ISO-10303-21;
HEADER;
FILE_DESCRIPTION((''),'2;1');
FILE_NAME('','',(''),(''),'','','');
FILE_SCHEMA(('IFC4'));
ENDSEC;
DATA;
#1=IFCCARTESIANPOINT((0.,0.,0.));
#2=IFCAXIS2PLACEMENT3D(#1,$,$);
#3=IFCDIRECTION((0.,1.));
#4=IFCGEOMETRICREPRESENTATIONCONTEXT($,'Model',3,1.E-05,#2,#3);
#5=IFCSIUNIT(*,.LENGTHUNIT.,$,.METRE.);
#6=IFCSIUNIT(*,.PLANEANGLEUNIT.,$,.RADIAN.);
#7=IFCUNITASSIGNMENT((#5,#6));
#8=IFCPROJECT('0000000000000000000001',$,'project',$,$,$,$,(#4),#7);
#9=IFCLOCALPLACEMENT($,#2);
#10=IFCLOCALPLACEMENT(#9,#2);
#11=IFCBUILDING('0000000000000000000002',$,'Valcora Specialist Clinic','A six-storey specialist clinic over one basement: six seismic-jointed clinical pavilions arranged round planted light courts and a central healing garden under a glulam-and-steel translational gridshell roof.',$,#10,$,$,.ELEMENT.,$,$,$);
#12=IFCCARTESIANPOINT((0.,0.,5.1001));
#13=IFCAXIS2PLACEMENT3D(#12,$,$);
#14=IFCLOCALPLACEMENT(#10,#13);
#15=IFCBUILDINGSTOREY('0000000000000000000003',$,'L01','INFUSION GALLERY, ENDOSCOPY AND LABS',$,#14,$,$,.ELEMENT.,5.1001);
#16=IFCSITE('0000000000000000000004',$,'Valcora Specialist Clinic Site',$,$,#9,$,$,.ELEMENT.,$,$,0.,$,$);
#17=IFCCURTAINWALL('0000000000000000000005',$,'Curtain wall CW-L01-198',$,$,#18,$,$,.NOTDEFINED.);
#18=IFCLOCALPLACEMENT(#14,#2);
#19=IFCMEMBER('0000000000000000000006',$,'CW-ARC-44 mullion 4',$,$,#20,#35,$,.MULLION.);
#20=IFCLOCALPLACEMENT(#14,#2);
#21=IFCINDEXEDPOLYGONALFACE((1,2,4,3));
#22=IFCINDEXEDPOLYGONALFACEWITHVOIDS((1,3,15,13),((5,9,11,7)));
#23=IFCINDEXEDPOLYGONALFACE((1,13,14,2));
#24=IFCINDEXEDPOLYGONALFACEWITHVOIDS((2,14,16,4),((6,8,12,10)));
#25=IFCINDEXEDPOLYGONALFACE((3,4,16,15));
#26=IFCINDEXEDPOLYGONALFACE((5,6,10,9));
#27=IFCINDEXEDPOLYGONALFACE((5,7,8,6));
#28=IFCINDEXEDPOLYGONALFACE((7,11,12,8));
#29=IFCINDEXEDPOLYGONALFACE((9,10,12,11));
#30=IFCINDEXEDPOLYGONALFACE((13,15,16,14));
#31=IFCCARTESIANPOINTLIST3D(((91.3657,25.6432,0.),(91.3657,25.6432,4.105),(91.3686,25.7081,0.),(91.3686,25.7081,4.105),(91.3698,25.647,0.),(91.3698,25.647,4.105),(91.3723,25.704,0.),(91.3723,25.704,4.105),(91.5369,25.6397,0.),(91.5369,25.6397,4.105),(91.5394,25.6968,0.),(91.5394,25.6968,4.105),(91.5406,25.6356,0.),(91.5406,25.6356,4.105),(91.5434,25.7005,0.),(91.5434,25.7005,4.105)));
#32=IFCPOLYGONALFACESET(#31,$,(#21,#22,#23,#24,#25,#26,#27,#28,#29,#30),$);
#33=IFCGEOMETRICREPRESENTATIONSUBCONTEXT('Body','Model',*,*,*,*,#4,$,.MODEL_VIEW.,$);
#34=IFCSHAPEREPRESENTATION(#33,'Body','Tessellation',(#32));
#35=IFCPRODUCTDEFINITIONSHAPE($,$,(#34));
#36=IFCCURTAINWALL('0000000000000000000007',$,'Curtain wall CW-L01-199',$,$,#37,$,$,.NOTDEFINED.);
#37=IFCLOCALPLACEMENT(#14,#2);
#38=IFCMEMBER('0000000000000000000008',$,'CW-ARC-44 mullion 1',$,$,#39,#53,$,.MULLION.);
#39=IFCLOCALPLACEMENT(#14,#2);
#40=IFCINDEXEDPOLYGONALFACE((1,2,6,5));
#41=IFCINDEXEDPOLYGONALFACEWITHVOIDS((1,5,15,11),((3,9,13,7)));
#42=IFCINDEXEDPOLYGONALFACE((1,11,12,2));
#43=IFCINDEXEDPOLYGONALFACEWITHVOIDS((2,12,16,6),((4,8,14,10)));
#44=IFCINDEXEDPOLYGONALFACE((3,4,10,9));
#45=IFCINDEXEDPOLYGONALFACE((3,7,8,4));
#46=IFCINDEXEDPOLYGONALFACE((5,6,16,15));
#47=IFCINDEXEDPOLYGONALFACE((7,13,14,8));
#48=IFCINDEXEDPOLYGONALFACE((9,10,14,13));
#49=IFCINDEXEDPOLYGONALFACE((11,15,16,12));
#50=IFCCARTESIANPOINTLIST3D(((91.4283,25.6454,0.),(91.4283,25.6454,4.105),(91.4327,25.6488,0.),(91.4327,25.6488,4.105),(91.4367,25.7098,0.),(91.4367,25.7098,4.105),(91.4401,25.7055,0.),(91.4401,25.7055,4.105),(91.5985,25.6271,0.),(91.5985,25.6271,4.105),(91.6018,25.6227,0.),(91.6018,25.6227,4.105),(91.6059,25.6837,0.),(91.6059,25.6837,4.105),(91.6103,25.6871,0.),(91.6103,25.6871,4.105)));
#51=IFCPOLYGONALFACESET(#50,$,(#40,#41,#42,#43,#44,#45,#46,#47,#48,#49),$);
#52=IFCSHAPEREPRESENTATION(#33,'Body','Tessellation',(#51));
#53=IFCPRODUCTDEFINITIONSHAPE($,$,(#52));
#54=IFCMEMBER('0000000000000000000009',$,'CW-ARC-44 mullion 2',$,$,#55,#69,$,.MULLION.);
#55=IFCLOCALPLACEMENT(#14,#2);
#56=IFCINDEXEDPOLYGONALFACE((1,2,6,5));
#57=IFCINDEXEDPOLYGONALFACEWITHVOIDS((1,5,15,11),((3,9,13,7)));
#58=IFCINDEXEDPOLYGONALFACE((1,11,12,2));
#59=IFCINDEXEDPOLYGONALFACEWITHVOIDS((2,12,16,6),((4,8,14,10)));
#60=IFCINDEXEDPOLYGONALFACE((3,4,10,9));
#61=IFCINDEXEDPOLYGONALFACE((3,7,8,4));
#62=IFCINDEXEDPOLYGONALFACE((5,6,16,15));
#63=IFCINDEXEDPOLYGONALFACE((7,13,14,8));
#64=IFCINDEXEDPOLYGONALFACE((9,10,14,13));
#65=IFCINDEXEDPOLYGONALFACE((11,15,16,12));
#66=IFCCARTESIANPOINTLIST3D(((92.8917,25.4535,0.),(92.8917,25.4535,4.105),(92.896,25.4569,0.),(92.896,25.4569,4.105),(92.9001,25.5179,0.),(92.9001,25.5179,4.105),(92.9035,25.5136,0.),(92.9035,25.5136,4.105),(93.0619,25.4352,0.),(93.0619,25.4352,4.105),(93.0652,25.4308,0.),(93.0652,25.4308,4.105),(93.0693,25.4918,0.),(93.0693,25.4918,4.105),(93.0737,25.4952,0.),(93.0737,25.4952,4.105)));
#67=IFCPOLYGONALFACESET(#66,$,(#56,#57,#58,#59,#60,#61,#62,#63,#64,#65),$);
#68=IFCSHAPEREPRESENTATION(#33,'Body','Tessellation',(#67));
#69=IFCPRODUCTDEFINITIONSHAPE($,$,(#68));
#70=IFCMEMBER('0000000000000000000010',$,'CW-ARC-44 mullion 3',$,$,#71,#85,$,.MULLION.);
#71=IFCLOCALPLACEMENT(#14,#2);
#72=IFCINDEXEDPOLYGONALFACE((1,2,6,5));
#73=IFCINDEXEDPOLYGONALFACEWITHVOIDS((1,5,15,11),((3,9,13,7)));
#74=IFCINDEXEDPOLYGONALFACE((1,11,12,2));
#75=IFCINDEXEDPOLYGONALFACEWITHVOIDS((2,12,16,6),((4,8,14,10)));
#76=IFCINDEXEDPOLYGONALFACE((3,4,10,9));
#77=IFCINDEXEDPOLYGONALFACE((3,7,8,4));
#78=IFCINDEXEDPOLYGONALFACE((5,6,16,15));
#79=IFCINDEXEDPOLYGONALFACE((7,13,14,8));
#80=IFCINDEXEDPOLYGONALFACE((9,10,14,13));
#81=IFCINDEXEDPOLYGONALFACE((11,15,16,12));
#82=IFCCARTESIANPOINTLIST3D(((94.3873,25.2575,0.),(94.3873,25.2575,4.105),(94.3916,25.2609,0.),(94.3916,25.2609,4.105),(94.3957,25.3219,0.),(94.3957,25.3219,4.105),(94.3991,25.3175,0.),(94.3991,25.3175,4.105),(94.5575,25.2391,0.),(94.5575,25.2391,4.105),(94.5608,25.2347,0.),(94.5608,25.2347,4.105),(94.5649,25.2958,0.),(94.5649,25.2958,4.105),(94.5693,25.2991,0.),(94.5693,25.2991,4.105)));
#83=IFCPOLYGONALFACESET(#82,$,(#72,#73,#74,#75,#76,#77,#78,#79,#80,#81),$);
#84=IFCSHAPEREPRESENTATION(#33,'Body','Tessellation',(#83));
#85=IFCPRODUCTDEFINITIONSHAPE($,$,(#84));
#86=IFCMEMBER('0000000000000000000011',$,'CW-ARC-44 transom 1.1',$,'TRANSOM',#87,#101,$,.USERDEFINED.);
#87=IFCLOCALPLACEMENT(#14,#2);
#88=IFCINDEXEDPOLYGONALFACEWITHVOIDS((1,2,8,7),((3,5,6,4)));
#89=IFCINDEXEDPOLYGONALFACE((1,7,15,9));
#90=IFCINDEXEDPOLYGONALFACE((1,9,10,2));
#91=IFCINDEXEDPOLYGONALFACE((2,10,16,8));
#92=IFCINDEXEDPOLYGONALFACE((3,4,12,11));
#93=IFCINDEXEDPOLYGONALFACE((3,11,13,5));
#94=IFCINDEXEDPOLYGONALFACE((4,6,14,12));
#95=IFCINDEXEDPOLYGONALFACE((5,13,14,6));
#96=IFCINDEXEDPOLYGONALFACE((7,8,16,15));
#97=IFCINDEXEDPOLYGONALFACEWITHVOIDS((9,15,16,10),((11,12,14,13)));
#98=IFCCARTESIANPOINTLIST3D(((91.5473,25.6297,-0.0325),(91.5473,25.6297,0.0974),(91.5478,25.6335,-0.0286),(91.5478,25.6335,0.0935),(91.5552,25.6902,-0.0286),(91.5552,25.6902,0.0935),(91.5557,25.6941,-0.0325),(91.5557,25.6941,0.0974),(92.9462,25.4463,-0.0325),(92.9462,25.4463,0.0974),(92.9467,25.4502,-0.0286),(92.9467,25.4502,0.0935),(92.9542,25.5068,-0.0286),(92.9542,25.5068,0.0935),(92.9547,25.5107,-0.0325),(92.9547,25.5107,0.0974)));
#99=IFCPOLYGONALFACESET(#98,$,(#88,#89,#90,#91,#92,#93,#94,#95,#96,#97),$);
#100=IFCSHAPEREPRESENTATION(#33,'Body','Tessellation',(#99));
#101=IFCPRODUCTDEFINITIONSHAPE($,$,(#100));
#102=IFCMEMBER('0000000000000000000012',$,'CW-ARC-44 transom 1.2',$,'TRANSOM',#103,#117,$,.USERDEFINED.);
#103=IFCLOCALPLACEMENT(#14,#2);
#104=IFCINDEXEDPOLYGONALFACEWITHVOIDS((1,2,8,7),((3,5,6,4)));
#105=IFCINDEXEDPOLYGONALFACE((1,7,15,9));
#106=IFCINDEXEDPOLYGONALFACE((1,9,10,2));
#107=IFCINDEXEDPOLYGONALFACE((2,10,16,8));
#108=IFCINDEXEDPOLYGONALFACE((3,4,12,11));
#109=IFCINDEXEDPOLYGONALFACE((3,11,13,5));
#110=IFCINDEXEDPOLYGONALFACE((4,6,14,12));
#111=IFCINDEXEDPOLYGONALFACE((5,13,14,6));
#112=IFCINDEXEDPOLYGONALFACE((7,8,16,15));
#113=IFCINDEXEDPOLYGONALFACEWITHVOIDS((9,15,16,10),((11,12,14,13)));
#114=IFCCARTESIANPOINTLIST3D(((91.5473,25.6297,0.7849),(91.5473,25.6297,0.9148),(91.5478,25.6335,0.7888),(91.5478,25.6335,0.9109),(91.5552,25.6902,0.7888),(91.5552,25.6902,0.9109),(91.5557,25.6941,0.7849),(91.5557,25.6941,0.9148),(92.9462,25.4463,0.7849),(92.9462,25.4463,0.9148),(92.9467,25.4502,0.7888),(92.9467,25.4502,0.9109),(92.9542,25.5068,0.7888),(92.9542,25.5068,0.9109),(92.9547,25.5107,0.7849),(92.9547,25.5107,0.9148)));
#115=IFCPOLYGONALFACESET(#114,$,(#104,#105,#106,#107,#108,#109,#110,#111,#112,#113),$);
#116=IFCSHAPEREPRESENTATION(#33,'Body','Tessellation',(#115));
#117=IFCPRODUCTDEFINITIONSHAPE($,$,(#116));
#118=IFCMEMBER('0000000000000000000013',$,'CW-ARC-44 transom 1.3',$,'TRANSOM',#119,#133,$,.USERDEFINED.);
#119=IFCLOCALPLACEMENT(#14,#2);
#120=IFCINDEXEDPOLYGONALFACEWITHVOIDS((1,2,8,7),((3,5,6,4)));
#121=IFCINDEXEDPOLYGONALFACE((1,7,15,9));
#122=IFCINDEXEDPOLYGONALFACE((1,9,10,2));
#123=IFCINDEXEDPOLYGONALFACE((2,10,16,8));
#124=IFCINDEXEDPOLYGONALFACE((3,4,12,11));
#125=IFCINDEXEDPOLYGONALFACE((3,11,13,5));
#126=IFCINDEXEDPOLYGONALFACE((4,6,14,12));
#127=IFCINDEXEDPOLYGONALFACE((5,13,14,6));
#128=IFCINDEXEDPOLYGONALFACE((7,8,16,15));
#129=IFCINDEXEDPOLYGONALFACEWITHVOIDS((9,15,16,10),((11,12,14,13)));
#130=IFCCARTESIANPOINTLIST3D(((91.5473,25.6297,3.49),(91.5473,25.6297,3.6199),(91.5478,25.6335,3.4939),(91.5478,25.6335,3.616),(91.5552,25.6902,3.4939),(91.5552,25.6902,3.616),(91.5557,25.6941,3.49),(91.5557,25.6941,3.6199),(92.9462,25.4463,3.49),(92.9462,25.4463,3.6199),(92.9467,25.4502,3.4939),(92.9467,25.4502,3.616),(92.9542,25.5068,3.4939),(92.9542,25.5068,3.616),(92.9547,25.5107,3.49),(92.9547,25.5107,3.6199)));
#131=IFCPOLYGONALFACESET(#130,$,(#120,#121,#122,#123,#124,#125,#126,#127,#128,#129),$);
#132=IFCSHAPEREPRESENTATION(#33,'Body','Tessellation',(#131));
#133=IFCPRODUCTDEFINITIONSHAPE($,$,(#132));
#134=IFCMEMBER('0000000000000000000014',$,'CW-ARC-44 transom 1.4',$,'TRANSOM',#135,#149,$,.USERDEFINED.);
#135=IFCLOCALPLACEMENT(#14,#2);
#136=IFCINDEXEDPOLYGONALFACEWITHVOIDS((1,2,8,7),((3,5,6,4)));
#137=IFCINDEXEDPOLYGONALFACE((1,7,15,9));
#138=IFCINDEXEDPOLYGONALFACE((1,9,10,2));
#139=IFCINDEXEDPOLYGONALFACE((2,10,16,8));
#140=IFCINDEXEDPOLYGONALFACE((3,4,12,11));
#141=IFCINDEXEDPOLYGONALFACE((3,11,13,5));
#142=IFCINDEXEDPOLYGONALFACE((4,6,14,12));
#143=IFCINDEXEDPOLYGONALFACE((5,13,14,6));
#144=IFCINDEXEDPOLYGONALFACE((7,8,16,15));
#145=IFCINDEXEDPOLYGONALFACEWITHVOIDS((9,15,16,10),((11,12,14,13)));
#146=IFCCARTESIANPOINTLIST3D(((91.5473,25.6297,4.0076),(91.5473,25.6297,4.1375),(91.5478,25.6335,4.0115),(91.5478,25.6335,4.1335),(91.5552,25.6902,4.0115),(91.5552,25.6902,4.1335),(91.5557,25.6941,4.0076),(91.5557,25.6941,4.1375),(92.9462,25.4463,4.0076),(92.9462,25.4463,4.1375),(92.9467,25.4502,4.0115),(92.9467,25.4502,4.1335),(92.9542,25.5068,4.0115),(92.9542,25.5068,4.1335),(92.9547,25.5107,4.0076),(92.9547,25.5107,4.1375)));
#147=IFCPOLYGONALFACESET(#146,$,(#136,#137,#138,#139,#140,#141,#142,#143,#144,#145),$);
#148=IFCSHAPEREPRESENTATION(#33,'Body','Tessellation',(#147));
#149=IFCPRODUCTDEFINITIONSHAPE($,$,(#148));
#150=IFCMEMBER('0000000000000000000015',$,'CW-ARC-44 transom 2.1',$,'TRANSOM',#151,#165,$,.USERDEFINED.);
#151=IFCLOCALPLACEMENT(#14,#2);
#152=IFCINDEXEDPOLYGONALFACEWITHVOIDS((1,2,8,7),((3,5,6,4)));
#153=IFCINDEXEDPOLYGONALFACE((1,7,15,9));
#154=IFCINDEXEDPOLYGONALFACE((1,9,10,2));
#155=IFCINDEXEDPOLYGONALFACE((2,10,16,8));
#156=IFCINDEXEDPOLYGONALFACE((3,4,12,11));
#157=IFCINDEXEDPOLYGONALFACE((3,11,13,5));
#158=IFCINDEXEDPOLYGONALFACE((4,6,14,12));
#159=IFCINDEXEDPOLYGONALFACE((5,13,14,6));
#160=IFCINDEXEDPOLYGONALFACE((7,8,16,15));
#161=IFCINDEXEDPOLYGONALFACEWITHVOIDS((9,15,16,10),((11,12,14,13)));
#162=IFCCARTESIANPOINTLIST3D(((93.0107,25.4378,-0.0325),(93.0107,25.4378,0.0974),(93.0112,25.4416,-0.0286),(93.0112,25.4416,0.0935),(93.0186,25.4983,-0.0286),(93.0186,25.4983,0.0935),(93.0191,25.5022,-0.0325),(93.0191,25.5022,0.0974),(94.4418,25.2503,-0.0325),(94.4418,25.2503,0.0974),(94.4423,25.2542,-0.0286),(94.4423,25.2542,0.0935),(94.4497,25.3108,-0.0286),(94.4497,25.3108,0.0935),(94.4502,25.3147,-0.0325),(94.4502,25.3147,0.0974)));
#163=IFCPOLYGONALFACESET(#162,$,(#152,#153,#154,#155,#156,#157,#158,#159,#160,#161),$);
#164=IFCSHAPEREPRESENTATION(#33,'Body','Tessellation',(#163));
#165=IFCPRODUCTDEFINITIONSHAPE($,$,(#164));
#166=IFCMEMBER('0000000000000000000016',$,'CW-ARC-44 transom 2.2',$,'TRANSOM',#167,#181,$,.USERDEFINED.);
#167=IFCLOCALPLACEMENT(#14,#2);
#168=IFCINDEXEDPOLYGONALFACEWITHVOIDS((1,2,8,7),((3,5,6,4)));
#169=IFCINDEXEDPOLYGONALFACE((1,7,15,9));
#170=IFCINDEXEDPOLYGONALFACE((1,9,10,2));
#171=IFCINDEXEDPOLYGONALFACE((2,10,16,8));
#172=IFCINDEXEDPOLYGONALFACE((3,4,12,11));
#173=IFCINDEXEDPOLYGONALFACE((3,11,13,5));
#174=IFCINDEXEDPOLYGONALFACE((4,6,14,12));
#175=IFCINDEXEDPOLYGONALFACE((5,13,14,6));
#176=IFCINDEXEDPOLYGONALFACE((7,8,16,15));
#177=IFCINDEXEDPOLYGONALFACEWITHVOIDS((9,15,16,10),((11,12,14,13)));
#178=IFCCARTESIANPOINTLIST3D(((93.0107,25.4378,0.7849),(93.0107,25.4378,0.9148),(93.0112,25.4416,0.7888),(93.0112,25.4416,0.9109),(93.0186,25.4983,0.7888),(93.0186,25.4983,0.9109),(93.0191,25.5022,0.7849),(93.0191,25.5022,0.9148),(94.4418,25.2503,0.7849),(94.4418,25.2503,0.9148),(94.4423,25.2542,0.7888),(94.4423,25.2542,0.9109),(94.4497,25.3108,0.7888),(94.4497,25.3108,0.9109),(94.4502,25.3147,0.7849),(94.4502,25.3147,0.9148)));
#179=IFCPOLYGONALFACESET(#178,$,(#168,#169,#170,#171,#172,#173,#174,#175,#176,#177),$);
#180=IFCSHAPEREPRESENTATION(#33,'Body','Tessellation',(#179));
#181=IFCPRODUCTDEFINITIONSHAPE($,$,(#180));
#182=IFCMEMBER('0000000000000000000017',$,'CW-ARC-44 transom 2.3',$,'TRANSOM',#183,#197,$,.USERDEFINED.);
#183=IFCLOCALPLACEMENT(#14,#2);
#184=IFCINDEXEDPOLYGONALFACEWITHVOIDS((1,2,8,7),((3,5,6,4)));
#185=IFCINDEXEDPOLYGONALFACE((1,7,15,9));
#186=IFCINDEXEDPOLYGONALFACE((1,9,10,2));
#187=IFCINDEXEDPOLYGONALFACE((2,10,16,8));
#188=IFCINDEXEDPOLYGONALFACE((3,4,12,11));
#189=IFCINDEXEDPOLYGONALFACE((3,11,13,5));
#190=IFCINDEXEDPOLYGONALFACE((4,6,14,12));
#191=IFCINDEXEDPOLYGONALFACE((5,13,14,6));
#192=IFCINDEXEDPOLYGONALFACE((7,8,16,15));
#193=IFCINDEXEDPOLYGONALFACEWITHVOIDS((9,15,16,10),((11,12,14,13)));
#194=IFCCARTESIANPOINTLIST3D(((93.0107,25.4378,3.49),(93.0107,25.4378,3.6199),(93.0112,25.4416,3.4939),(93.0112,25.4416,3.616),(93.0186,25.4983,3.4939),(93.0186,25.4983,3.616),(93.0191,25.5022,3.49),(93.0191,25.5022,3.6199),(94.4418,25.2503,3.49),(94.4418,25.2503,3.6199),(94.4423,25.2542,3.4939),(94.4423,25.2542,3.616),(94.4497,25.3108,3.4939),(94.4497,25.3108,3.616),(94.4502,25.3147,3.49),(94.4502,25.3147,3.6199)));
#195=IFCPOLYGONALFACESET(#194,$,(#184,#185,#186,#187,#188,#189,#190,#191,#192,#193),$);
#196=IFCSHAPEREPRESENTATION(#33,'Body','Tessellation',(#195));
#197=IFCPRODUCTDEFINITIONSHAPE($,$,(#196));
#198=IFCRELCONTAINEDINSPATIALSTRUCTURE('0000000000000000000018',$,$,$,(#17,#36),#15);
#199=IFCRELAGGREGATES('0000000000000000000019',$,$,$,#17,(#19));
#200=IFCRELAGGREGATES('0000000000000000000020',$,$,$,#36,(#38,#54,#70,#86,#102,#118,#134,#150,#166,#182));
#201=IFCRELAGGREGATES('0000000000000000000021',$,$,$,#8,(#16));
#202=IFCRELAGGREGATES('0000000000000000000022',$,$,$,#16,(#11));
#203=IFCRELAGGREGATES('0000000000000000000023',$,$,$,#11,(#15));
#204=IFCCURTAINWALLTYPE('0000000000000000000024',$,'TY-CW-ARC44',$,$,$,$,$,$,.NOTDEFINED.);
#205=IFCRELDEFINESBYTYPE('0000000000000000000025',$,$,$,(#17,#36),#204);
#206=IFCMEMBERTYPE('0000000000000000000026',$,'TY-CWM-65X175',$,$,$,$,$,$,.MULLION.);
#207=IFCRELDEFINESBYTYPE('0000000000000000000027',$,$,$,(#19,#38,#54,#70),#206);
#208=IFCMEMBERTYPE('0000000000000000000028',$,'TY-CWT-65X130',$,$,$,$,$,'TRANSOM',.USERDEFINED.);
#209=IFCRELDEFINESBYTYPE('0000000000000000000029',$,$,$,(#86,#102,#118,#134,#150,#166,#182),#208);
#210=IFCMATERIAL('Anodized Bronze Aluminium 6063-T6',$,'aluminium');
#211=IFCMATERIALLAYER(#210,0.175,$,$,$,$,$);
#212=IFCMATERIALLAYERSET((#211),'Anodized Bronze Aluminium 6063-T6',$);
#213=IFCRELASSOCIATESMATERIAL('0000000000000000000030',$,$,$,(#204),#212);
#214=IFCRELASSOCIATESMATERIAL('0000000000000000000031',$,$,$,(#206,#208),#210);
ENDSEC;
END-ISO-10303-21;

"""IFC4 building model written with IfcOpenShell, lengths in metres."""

from ifc_helpers import new_model, si_unit, direction, frame, origin, origin_2d, place, context, subcontext, project, spatial, hollow_rectangle, extrude, material, layer, layer_set, material_profile, profile_set, type_object, element, aggregate, save


model = new_model("IFC4")

# Units and contexts
model_context = context("Model", 3, precision=1e-05, world=origin(), true_north=direction((0.0, 1.0)))
body_context = subcontext(model_context, "Body", "Model", "MODEL_VIEW")
ifc_project = project(units=[si_unit("LENGTHUNIT", "METRE"), si_unit("PLANEANGLEUNIT", "RADIAN")], contexts=[model_context])

# Site, building, storey
site_placement = place(None, origin())
site = spatial("IfcSite", under=ifc_project, at=site_placement, Name="Valcora Specialist Clinic Site", CompositionType="ELEMENT", RefElevation=0.0)
building_placement = place(site_placement, origin())
building = spatial("IfcBuilding", under=site, at=building_placement, Name="Valcora Specialist Clinic", Description="A six-storey specialist clinic over one basement: six seismic-jointed clinical pavilions arranged round planted light courts and a central healing garden under a glulam-and-steel translational gridshell roof.", CompositionType="ELEMENT")
storey_placement = place(building_placement, frame((0.0, 0.0, 5.1001)))
storey = spatial("IfcBuildingStorey", under=building, at=storey_placement, Name="L01", Description="INFUSION GALLERY, ENDOSCOPY AND LABS", CompositionType="ELEMENT", Elevation=5.1001)

# Curtain wall, member
ifc_material_1 = material(Name="Anodized Bronze Aluminium 6063-T6", Category="aluminium")
ifc_layer_1 = layer(ifc_material_1, 0.175)
ifc_layer_set_1 = layer_set([ifc_layer_1], Name="Anodized Bronze Aluminium 6063-T6")
curtain_wall_type = type_object("IfcCurtainWallType", Name="TY-CW-ARC44", PredefinedType="NOTDEFINED", material=ifc_layer_set_1)
curtain_wall_1_placement = place(storey_placement, origin())
curtain_wall_1 = element("IfcCurtainWall", 1, at=curtain_wall_1_placement, inside=storey, type_object=curtain_wall_type, Name="Curtain wall CW-L01-198", PredefinedType="NOTDEFINED")
ifc_material_profile_1 = material_profile(ifc_material_1, hollow_rectangle(XDim=0.0649, YDim=0.175, WallThickness=0.0039, at=origin_2d()), Name="AL-MUL-65X175")
ifc_profile_set_1 = profile_set([ifc_material_profile_1], Name="Anodized Bronze Aluminium 6063-T6")
member_type_1 = type_object("IfcMemberType", Name="TY-CWM-65X175", PredefinedType="MULLION", material=ifc_profile_set_1)
member_1_placement = place(storey_placement, frame((91.4546, 25.6719, 0.0), z_axis=(0.0, 0.0, 1.0), x_axis=(0.043307, 0.999062, 0.0)))
member_1 = element("IfcMember", 2, at=member_1_placement, type_object=member_type_1, Name="CW-ARC-44 mullion 4", PredefinedType="MULLION", context=body_context, shape_type="SweptSolid", body=[
    extrude(hollow_rectangle(XDim=0.0649, YDim=0.175, WallThickness=0.0039, at=origin_2d()), origin(), (0.0, 0.0, 1.0), 4.105),
])

# Curtain wall, members
curtain_wall_2_placement = place(storey_placement, origin())
curtain_wall_2 = element("IfcCurtainWall", 3, at=curtain_wall_2_placement, inside=storey, type_object=curtain_wall_type, Name="Curtain wall CW-L01-199", PredefinedType="NOTDEFINED")
member_2_placement = place(storey_placement, frame((91.5193, 25.6663, 0.0), z_axis=(0.0, 0.0, 1.0), x_axis=(0.129999, 0.991514, 0.0)))
member_2 = element("IfcMember", 4, at=member_2_placement, type_object=member_type_1, Name="CW-ARC-44 mullion 1", PredefinedType="MULLION", context=body_context, shape_type="SweptSolid", body=[
    extrude(hollow_rectangle(XDim=0.0649, YDim=0.175, WallThickness=0.0039, at=origin_2d()), origin(), (0.0, 0.0, 1.0), 4.105),
])
member_3_placement = place(storey_placement, frame((92.9827, 25.4744, 0.0), z_axis=(0.0, 0.0, 1.0), x_axis=(0.129999, 0.991514, 0.0)))
member_3 = element("IfcMember", 5, at=member_3_placement, type_object=member_type_1, Name="CW-ARC-44 mullion 2", PredefinedType="MULLION", context=body_context, shape_type="SweptSolid", body=[
    extrude(hollow_rectangle(XDim=0.0649, YDim=0.175, WallThickness=0.0039, at=origin_2d()), origin(), (0.0, 0.0, 1.0), 4.105),
])
member_4_placement = place(storey_placement, frame((94.4783, 25.2783, 0.0), z_axis=(0.0, 0.0, 1.0), x_axis=(0.129999, 0.991514, 0.0)))
member_4 = element("IfcMember", 6, at=member_4_placement, type_object=member_type_1, Name="CW-ARC-44 mullion 3", PredefinedType="MULLION", context=body_context, shape_type="SweptSolid", body=[
    extrude(hollow_rectangle(XDim=0.0649, YDim=0.175, WallThickness=0.0039, at=origin_2d()), origin(), (0.0, 0.0, 1.0), 4.105),
])
ifc_material_profile_2 = material_profile(ifc_material_1, hollow_rectangle(XDim=0.0649, YDim=0.1299, WallThickness=0.0039, at=origin_2d()), Name="AL-TRN-65X130")
ifc_profile_set_2 = profile_set([ifc_material_profile_2], Name="Anodized Bronze Aluminium 6063-T6")
member_type_2 = type_object("IfcMemberType", Name="TY-CWT-65X130", ElementType="TRANSOM", PredefinedType="USERDEFINED", material=ifc_profile_set_2)
member_5_placement = place(storey_placement, frame((91.5515, 25.6619, 0.0325), z_axis=(0.99152, -0.129953, 0.0), x_axis=(0.129953, 0.99152, 0.0)))
member_5 = element("IfcMember", 7, at=member_5_placement, type_object=member_type_2, Name="CW-ARC-44 transom 1.1", ObjectType="TRANSOM", PredefinedType="USERDEFINED", context=body_context, shape_type="SweptSolid", body=[
    extrude(hollow_rectangle(XDim=0.0649, YDim=0.1299, WallThickness=0.0039, at=origin_2d()), origin(), (0.0, 0.0, 1.0), 1.4109),
])
member_6_placement = place(storey_placement, frame((91.5515, 25.6619, 0.8499), z_axis=(0.99152, -0.129953, 0.0), x_axis=(0.129953, 0.99152, 0.0)))
member_6 = element("IfcMember", 8, at=member_6_placement, type_object=member_type_2, Name="CW-ARC-44 transom 1.2", ObjectType="TRANSOM", PredefinedType="USERDEFINED", context=body_context, shape_type="SweptSolid", body=[
    extrude(hollow_rectangle(XDim=0.0649, YDim=0.1299, WallThickness=0.0039, at=origin_2d()), origin(), (0.0, 0.0, 1.0), 1.4109),
])
member_7_placement = place(storey_placement, frame((91.5515, 25.6619, 3.5549), z_axis=(0.99152, -0.129953, 0.0), x_axis=(0.129953, 0.99152, 0.0)))
member_7 = element("IfcMember", 9, at=member_7_placement, type_object=member_type_2, Name="CW-ARC-44 transom 1.3", ObjectType="TRANSOM", PredefinedType="USERDEFINED", context=body_context, shape_type="SweptSolid", body=[
    extrude(hollow_rectangle(XDim=0.0649, YDim=0.1299, WallThickness=0.0039, at=origin_2d()), origin(), (0.0, 0.0, 1.0), 1.4109),
])
member_8_placement = place(storey_placement, frame((91.5515, 25.6619, 4.0725), z_axis=(0.99152, -0.129953, 0.0), x_axis=(0.129953, 0.99152, 0.0)))
member_8 = element("IfcMember", 10, at=member_8_placement, type_object=member_type_2, Name="CW-ARC-44 transom 1.4", ObjectType="TRANSOM", PredefinedType="USERDEFINED", context=body_context, shape_type="SweptSolid", body=[
    extrude(hollow_rectangle(XDim=0.0649, YDim=0.1299, WallThickness=0.0039, at=origin_2d()), origin(), (0.0, 0.0, 1.0), 1.4109),
])
member_9_placement = place(storey_placement, frame((93.0149, 25.47, 0.0325), z_axis=(0.991527, -0.129903, 0.0), x_axis=(0.129903, 0.991527, 0.0)))
member_9 = element("IfcMember", 11, at=member_9_placement, type_object=member_type_2, Name="CW-ARC-44 transom 2.1", ObjectType="TRANSOM", PredefinedType="USERDEFINED", context=body_context, shape_type="SweptSolid", body=[
    extrude(hollow_rectangle(XDim=0.0649, YDim=0.1299, WallThickness=0.0039, at=origin_2d()), origin(), (0.0, 0.0, 1.0), 1.4434),
])
member_10_placement = place(storey_placement, frame((93.0149, 25.47, 0.8499), z_axis=(0.991527, -0.129903, 0.0), x_axis=(0.129903, 0.991527, 0.0)))
member_10 = element("IfcMember", 12, at=member_10_placement, type_object=member_type_2, Name="CW-ARC-44 transom 2.2", ObjectType="TRANSOM", PredefinedType="USERDEFINED", context=body_context, shape_type="SweptSolid", body=[
    extrude(hollow_rectangle(XDim=0.0649, YDim=0.1299, WallThickness=0.0039, at=origin_2d()), origin(), (0.0, 0.0, 1.0), 1.4434),
])
member_11_placement = place(storey_placement, frame((93.0149, 25.47, 3.5549), z_axis=(0.991527, -0.129903, 0.0), x_axis=(0.129903, 0.991527, 0.0)))
member_11 = element("IfcMember", 13, at=member_11_placement, type_object=member_type_2, Name="CW-ARC-44 transom 2.3", ObjectType="TRANSOM", PredefinedType="USERDEFINED", context=body_context, shape_type="SweptSolid", body=[
    extrude(hollow_rectangle(XDim=0.0649, YDim=0.1299, WallThickness=0.0039, at=origin_2d()), origin(), (0.0, 0.0, 1.0), 1.4434),
])

aggregate(curtain_wall_1, [member_1])
aggregate(curtain_wall_2, [member_2, member_3, member_4, member_5, member_6, member_7, member_8, member_9, member_10, member_11])

save(model, "model.ifc")
